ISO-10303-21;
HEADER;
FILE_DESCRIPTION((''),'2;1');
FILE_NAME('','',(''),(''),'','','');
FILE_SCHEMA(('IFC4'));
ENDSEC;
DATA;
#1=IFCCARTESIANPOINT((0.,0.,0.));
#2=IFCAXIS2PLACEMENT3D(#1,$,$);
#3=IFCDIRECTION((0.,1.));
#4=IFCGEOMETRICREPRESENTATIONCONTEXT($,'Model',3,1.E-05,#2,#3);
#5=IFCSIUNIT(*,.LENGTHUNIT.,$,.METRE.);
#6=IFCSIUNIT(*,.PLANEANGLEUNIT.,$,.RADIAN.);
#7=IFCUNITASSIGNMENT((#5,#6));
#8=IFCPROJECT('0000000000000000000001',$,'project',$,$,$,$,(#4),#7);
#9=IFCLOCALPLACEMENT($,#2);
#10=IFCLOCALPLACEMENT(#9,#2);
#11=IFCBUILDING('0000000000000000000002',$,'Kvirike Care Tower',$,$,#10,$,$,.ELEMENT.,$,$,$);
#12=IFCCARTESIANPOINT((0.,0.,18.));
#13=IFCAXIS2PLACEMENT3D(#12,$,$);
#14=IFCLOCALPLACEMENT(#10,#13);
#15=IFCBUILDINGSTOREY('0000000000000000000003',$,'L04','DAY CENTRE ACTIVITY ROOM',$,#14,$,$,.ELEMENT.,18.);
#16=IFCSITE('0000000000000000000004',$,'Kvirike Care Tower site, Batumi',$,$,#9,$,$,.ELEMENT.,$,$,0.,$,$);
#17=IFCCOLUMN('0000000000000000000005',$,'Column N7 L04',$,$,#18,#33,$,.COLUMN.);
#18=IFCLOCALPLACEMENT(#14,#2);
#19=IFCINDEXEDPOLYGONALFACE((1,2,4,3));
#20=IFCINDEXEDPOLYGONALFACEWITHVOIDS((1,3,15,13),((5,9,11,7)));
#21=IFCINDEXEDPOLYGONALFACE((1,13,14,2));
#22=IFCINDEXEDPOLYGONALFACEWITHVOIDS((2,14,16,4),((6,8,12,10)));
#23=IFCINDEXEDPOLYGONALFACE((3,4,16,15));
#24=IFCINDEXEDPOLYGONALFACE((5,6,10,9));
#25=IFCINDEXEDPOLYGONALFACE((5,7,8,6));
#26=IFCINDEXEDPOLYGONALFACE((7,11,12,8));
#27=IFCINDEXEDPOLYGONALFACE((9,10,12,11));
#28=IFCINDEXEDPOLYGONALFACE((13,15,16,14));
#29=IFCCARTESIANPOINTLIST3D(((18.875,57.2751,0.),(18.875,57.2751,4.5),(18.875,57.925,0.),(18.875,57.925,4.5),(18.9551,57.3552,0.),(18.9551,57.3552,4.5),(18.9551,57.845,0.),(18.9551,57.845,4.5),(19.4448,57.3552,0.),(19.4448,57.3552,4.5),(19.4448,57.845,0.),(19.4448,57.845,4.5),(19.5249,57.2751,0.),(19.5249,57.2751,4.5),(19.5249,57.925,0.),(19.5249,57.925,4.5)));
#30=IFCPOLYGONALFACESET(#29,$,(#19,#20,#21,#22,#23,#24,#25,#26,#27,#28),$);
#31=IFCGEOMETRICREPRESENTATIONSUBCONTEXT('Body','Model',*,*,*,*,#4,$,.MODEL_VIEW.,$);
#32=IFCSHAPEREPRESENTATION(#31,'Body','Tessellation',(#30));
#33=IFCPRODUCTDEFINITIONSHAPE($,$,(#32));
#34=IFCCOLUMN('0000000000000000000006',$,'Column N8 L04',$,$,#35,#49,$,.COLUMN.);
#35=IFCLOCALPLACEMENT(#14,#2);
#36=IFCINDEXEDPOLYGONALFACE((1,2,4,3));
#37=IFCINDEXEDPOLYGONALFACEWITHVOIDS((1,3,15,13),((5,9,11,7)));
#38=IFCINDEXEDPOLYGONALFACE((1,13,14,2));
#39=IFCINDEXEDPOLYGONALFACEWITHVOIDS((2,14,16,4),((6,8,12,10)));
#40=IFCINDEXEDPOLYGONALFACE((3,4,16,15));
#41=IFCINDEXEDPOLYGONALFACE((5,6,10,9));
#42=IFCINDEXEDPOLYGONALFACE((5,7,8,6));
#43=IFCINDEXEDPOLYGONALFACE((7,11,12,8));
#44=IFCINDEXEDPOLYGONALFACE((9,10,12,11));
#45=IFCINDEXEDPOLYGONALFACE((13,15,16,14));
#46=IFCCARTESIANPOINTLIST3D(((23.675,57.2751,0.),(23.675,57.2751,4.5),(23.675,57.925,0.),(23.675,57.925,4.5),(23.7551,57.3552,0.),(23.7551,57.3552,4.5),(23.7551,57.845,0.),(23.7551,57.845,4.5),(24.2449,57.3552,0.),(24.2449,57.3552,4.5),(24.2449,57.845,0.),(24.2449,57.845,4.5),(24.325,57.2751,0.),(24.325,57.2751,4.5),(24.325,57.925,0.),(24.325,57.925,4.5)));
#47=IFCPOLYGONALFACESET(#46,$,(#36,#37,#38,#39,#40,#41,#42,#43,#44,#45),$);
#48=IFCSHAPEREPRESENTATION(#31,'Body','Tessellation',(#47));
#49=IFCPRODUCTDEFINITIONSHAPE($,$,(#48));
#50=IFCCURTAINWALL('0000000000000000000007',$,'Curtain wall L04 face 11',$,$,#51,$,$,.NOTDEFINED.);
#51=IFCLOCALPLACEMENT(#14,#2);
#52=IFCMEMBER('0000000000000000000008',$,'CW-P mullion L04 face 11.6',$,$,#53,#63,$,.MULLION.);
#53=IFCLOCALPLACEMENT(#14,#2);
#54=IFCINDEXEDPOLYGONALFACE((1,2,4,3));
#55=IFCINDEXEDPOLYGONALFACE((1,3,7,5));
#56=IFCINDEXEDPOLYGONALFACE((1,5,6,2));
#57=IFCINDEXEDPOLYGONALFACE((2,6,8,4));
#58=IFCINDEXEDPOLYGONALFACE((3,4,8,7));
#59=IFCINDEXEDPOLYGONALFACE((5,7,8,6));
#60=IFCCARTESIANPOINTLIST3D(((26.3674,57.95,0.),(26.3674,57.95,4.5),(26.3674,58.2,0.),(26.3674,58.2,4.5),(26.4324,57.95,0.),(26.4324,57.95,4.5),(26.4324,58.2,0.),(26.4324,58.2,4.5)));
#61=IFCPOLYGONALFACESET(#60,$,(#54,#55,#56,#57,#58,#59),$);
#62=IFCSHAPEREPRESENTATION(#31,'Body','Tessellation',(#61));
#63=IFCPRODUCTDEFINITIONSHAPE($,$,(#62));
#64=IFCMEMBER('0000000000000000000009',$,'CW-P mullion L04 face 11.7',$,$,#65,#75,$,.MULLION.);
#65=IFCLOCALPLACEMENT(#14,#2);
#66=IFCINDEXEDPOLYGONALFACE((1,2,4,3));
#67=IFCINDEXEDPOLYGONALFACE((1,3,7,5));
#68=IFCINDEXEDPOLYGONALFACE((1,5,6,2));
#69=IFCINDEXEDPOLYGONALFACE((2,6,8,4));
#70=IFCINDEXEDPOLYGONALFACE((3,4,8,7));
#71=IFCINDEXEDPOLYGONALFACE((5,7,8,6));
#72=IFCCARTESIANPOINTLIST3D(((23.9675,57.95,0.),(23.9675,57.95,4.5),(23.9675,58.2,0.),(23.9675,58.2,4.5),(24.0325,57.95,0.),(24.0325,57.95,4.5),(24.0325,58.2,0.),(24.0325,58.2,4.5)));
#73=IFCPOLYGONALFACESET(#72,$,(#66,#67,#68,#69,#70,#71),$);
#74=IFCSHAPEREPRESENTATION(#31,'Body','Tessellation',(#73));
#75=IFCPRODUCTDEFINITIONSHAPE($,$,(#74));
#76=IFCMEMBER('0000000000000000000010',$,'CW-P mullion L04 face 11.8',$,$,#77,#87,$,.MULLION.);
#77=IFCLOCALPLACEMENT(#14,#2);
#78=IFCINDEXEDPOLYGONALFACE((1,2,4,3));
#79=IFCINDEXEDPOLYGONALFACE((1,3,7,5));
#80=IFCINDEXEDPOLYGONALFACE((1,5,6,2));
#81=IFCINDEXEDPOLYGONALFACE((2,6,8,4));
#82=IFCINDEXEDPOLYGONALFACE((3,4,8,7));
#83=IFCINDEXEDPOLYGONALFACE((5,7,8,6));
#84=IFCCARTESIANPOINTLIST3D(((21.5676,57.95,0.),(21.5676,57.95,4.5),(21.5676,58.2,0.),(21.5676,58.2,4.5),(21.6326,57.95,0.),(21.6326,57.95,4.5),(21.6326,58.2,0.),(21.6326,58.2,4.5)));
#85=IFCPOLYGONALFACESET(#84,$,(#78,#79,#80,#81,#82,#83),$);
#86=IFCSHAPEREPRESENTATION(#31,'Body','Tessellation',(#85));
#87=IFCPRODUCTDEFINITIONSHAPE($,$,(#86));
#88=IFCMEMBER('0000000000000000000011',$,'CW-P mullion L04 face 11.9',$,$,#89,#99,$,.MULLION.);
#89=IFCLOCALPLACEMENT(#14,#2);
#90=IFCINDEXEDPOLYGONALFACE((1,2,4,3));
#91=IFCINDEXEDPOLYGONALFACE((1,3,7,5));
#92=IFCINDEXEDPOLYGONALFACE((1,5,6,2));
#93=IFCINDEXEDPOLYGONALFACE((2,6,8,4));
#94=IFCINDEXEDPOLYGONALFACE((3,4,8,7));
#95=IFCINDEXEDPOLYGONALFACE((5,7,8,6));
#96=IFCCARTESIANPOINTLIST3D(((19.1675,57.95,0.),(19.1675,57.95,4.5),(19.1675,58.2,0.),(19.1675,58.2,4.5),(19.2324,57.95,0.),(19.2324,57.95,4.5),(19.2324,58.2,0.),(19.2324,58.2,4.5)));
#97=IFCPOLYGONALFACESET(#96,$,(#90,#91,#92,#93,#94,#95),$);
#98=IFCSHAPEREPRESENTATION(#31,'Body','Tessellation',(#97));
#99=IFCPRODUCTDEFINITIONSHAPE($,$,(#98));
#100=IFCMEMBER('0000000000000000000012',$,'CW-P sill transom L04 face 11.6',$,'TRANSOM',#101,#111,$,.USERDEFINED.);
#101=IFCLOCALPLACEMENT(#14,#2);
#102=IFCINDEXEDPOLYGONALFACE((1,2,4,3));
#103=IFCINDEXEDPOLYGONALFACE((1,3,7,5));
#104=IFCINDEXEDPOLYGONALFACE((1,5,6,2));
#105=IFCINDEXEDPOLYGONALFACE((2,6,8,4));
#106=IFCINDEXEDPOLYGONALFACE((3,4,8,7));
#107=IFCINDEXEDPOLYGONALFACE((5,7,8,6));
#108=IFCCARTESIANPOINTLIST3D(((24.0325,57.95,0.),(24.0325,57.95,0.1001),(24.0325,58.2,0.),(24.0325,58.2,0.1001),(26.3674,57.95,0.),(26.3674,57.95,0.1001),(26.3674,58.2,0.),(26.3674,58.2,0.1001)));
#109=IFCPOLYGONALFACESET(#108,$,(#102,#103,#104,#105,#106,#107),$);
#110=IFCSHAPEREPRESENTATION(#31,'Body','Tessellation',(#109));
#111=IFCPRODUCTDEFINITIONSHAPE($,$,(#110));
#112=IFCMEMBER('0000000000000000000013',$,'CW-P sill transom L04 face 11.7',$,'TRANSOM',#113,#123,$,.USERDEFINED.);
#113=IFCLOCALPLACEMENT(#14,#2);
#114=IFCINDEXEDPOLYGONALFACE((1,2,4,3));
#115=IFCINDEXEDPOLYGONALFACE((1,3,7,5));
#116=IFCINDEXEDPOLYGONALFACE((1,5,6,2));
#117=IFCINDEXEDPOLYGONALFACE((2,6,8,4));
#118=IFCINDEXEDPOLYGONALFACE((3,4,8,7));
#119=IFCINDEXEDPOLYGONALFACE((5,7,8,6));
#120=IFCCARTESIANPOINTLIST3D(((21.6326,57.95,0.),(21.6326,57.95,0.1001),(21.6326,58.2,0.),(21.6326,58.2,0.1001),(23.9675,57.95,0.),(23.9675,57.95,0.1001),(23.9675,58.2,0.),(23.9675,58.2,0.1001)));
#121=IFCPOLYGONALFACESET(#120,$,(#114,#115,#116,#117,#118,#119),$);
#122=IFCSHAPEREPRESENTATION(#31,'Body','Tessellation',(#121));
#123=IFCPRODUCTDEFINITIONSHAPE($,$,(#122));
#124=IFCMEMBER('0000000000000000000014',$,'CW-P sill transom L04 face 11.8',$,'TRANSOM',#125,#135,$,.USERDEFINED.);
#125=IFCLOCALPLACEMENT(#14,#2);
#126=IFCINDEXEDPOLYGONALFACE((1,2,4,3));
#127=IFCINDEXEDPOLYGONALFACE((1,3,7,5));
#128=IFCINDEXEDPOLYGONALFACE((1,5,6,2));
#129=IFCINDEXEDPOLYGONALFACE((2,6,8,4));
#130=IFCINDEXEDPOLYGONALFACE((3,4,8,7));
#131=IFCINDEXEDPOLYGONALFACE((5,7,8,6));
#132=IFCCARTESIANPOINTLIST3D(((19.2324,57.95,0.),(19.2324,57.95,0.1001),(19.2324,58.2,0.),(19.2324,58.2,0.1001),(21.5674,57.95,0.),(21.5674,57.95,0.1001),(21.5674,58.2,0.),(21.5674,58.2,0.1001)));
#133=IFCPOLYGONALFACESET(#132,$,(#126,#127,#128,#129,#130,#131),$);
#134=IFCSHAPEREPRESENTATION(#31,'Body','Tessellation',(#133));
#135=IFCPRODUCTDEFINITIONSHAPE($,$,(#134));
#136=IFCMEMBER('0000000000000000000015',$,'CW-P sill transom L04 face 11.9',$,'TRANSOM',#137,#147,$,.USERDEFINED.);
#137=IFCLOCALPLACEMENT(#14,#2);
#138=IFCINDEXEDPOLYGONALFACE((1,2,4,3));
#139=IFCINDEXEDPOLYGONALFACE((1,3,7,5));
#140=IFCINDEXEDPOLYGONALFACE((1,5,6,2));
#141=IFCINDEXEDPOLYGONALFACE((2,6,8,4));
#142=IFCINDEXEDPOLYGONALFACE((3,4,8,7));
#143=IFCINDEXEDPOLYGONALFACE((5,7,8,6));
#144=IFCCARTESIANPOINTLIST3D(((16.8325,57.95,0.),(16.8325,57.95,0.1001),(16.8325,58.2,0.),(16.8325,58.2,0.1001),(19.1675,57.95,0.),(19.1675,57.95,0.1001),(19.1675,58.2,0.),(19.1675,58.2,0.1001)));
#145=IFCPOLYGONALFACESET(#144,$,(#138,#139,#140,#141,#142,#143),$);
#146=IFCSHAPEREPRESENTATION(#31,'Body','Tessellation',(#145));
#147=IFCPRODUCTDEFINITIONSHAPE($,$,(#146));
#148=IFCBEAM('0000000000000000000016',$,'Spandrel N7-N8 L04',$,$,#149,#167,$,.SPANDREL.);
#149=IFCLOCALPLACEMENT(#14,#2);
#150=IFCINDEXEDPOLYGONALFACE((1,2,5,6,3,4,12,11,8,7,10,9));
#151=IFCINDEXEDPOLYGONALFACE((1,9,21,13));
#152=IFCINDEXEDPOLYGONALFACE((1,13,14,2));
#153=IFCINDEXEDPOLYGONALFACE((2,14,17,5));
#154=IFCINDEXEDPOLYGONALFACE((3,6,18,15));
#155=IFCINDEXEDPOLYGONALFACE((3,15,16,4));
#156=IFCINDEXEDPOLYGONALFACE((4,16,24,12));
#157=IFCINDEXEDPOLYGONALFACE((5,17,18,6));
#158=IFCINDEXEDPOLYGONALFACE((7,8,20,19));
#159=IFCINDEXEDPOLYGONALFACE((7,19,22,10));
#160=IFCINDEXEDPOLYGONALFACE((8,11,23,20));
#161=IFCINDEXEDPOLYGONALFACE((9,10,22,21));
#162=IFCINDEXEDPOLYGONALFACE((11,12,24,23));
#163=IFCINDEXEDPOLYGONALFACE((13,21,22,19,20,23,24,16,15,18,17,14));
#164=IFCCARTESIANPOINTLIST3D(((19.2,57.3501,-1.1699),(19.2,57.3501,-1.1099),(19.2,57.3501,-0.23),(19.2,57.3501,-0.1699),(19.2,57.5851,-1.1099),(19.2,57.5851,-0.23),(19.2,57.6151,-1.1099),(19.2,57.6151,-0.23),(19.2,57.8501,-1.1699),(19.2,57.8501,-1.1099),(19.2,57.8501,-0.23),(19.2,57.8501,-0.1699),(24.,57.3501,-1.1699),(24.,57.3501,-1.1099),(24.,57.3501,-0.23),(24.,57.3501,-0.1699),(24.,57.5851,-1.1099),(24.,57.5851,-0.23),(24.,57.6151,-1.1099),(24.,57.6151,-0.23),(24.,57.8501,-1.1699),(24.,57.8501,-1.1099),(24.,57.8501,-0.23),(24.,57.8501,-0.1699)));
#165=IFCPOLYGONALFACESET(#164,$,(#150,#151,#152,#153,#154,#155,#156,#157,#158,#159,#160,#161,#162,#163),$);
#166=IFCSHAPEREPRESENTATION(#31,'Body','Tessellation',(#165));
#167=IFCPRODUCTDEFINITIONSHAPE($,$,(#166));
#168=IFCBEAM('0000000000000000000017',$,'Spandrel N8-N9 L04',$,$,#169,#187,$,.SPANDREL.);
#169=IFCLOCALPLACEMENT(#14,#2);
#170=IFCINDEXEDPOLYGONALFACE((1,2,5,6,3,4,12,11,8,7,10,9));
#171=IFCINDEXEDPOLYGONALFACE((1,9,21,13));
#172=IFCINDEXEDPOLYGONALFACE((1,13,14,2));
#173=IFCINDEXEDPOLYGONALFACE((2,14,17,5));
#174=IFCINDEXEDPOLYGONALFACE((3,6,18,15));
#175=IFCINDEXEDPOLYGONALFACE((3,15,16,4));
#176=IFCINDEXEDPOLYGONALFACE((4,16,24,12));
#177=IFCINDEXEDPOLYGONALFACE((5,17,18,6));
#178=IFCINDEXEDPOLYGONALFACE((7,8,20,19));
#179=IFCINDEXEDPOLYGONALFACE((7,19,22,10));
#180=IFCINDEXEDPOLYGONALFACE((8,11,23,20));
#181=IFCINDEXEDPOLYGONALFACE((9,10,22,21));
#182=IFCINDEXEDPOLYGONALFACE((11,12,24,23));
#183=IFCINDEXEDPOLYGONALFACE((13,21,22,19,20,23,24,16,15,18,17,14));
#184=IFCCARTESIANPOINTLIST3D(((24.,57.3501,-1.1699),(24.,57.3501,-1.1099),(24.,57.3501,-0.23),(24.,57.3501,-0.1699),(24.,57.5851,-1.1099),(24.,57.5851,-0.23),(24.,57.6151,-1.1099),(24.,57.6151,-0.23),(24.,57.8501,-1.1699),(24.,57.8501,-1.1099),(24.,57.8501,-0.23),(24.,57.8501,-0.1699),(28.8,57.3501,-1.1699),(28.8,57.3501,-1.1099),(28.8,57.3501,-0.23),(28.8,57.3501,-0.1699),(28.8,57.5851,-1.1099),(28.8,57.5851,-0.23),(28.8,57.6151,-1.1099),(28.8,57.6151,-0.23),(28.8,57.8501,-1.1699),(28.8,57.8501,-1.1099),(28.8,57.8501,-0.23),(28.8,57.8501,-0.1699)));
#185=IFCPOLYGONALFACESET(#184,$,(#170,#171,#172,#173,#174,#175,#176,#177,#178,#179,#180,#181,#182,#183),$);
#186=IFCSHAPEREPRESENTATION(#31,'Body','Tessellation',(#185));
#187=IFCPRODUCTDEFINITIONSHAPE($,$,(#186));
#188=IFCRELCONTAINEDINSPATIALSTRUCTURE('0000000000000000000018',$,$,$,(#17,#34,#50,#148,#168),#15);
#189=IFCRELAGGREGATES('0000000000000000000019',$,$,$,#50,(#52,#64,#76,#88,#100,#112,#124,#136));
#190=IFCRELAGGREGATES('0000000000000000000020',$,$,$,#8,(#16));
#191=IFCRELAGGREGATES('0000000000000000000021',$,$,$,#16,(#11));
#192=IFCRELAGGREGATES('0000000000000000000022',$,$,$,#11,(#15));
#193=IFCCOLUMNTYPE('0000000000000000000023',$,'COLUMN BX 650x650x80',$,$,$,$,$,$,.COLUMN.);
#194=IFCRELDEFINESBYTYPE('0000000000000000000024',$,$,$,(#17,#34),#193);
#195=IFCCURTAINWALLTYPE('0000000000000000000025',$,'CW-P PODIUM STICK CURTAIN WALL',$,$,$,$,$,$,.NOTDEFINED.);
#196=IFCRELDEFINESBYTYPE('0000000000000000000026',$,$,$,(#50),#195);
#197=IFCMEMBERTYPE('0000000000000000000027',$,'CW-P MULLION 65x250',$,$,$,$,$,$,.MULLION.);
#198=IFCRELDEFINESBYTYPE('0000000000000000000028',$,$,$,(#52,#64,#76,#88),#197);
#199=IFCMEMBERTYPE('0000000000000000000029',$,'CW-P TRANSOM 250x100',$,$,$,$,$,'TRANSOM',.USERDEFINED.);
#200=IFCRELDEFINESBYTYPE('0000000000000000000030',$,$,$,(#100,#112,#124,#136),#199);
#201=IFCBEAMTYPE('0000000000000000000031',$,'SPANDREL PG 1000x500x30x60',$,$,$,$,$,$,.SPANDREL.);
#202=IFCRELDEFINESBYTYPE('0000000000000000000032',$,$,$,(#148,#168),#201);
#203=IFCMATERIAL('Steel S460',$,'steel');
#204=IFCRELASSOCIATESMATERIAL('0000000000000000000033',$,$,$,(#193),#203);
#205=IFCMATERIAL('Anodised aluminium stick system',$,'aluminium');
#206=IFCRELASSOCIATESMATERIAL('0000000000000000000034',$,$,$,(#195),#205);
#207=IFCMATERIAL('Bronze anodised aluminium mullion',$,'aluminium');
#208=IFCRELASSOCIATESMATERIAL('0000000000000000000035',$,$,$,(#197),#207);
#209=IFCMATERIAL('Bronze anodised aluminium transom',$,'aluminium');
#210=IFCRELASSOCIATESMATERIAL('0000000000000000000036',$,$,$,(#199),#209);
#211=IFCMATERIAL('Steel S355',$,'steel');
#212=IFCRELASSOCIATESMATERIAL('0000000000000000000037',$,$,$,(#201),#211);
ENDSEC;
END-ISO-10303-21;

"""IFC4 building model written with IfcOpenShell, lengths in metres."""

from ifc_helpers import new_model, si_unit, direction, frame, origin, origin_2d, place, context, subcontext, project, spatial, rectangle, hollow_rectangle, i_section, extrude, material, material_profile, profile_set, type_object, element, aggregate, save


model = new_model("IFC4")

# Units and contexts
model_context = context("Model", 3, precision=1e-05, world=origin(), true_north=direction((0.0, 1.0)))
body_context = subcontext(model_context, "Body", "Model", "MODEL_VIEW")
ifc_project = project(units=[si_unit("LENGTHUNIT", "METRE"), si_unit("PLANEANGLEUNIT", "RADIAN")], contexts=[model_context])

# Site, building, storey
site_placement = place(None, origin())
site = spatial("IfcSite", under=ifc_project, at=site_placement, Name="Kvirike Care Tower site, Batumi", CompositionType="ELEMENT", RefElevation=0.0)
building_placement = place(site_placement, origin())
building = spatial("IfcBuilding", under=site, at=building_placement, Name="Kvirike Care Tower", CompositionType="ELEMENT")
storey_placement = place(building_placement, frame((0.0, 0.0, 18.0)))
storey = spatial("IfcBuildingStorey", under=building, at=storey_placement, Name="L04", Description="DAY CENTRE ACTIVITY ROOM", CompositionType="ELEMENT", Elevation=18.0)

# Columns
ifc_material_1 = material(Name="Steel S460", Category="steel")
ifc_material_profile_1 = material_profile(ifc_material_1, hollow_rectangle(XDim=0.6499, YDim=0.6499, WallThickness=0.0801, at=origin_2d()), Name="BX 650x650x80")
ifc_profile_set_1 = profile_set([ifc_material_profile_1], Name="Steel S460")
column_type = type_object("IfcColumnType", Name="COLUMN BX 650x650x80", PredefinedType="COLUMN", material=ifc_profile_set_1)
for number, where, z_axis, x_axis, name in (
    (1, (19.2, 57.6001, 0.0), (0.0, 0.0, 1.0), (0.0, 1.0, 0.0), "Column N7 L04"),
    (2, (24.0, 57.6001, 0.0), (0.0, 0.0, 1.0), (0.0, 1.0, 0.0), "Column N8 L04"),
):
    element("IfcColumn", number, at=place(storey_placement, frame(where, z_axis=z_axis, x_axis=x_axis)), inside=storey, type_object=column_type, Name=name, PredefinedType="COLUMN", context=body_context, shape_type="SweptSolid", body=[
        extrude(hollow_rectangle(XDim=0.6499, YDim=0.6499, WallThickness=0.0801, at=origin_2d()), origin(), (0.0, 0.0, 1.0), 4.5),
    ])

# Curtain wall, members
ifc_material_2 = material(Name="Anodised aluminium stick system", Category="aluminium")
curtain_wall_type = type_object("IfcCurtainWallType", Name="CW-P PODIUM STICK CURTAIN WALL", PredefinedType="NOTDEFINED", material=ifc_material_2)
curtain_wall_placement = place(storey_placement, origin())
curtain_wall = element("IfcCurtainWall", 3, at=curtain_wall_placement, inside=storey, type_object=curtain_wall_type, Name="Curtain wall L04 face 11", PredefinedType="NOTDEFINED")
ifc_material_3 = material(Name="Bronze anodised aluminium mullion", Category="aluminium")
ifc_material_profile_2 = material_profile(ifc_material_3, rectangle(XDim=0.0649, YDim=0.25, at=origin_2d()), Name="CW-P MULLION 65x250")
ifc_profile_set_2 = profile_set([ifc_material_profile_2], Name="Bronze anodised aluminium mullion")
member_type_1 = type_object("IfcMemberType", Name="CW-P MULLION 65x250", PredefinedType="MULLION", material=ifc_profile_set_2)
member_1_placement = place(storey_placement, frame((26.3999, 58.075, 0.0), z_axis=(0.0, 0.0, 1.0), x_axis=(-1.0, 0.0, 0.0)))
member_1 = element("IfcMember", 4, at=member_1_placement, type_object=member_type_1, Name="CW-P mullion L04 face 11.6", PredefinedType="MULLION", context=body_context, shape_type="SweptSolid", body=[
    extrude(rectangle(XDim=0.0649, YDim=0.25, at=origin_2d()), origin(), (0.0, 0.0, 1.0), 4.5),
])
member_2_placement = place(storey_placement, frame((24.0, 58.075, 0.0), z_axis=(0.0, 0.0, 1.0), x_axis=(-1.0, 0.0, 0.0)))
member_2 = element("IfcMember", 5, at=member_2_placement, type_object=member_type_1, Name="CW-P mullion L04 face 11.7", PredefinedType="MULLION", context=body_context, shape_type="SweptSolid", body=[
    extrude(rectangle(XDim=0.0649, YDim=0.25, at=origin_2d()), origin(), (0.0, 0.0, 1.0), 4.5),
])
member_3_placement = place(storey_placement, frame((21.6001, 58.075, 0.0), z_axis=(0.0, 0.0, 1.0), x_axis=(-1.0, 0.0, 0.0)))
member_3 = element("IfcMember", 6, at=member_3_placement, type_object=member_type_1, Name="CW-P mullion L04 face 11.8", PredefinedType="MULLION", context=body_context, shape_type="SweptSolid", body=[
    extrude(rectangle(XDim=0.0649, YDim=0.25, at=origin_2d()), origin(), (0.0, 0.0, 1.0), 4.5),
])
member_4_placement = place(storey_placement, frame((19.2, 58.075, 0.0), z_axis=(0.0, 0.0, 1.0), x_axis=(-1.0, 0.0, 0.0)))
member_4 = element("IfcMember", 7, at=member_4_placement, type_object=member_type_1, Name="CW-P mullion L04 face 11.9", PredefinedType="MULLION", context=body_context, shape_type="SweptSolid", body=[
    extrude(rectangle(XDim=0.0649, YDim=0.25, at=origin_2d()), origin(), (0.0, 0.0, 1.0), 4.5),
])
ifc_material_4 = material(Name="Bronze anodised aluminium transom", Category="aluminium")
ifc_material_profile_3 = material_profile(ifc_material_4, rectangle(XDim=0.25, YDim=0.1001, at=origin_2d()), Name="CW-P TRANSOM 250x100")
ifc_profile_set_3 = profile_set([ifc_material_profile_3], Name="Bronze anodised aluminium transom")
member_type_2 = type_object("IfcMemberType", Name="CW-P TRANSOM 250x100", ElementType="TRANSOM", PredefinedType="USERDEFINED", material=ifc_profile_set_3)
member_5_placement = place(storey_placement, frame((26.3674, 58.075, 0.05), z_axis=(-1.0, 0.0, 0.0), x_axis=(0.0, -1.0, 0.0)))
member_5 = element("IfcMember", 8, at=member_5_placement, type_object=member_type_2, Name="CW-P sill transom L04 face 11.6", ObjectType="TRANSOM", PredefinedType="USERDEFINED", context=body_context, shape_type="SweptSolid", body=[
    extrude(rectangle(XDim=0.25, YDim=0.1001, at=origin_2d()), origin(), (0.0, 0.0, 1.0), 2.335),
])
member_6_placement = place(storey_placement, frame((23.9675, 58.075, 0.05), z_axis=(-1.0, 0.0, 0.0), x_axis=(0.0, -1.0, 0.0)))
member_6 = element("IfcMember", 9, at=member_6_placement, type_object=member_type_2, Name="CW-P sill transom L04 face 11.7", ObjectType="TRANSOM", PredefinedType="USERDEFINED", context=body_context, shape_type="SweptSolid", body=[
    extrude(rectangle(XDim=0.25, YDim=0.1001, at=origin_2d()), origin(), (0.0, 0.0, 1.0), 2.335),
])
member_7_placement = place(storey_placement, frame((21.5674, 58.075, 0.05), z_axis=(-1.0, 0.0, 0.0), x_axis=(0.0, -1.0, 0.0)))
member_7 = element("IfcMember", 10, at=member_7_placement, type_object=member_type_2, Name="CW-P sill transom L04 face 11.8", ObjectType="TRANSOM", PredefinedType="USERDEFINED", context=body_context, shape_type="SweptSolid", body=[
    extrude(rectangle(XDim=0.25, YDim=0.1001, at=origin_2d()), origin(), (0.0, 0.0, 1.0), 2.335),
])
member_8_placement = place(storey_placement, frame((19.1675, 58.075, 0.05), z_axis=(-1.0, 0.0, 0.0), x_axis=(0.0, -1.0, 0.0)))
member_8 = element("IfcMember", 11, at=member_8_placement, type_object=member_type_2, Name="CW-P sill transom L04 face 11.9", ObjectType="TRANSOM", PredefinedType="USERDEFINED", context=body_context, shape_type="SweptSolid", body=[
    extrude(rectangle(XDim=0.25, YDim=0.1001, at=origin_2d()), origin(), (0.0, 0.0, 1.0), 2.335),
])

# Beams
ifc_material_5 = material(Name="Steel S355", Category="steel")
ifc_material_profile_4 = material_profile(ifc_material_5, i_section(OverallWidth=0.5, OverallDepth=1.0, WebThickness=0.03, FlangeThickness=0.0601, at=origin_2d()), Name="PG 1000x500x30x60")
ifc_profile_set_4 = profile_set([ifc_material_profile_4], Name="Steel S355")
beam_type = type_object("IfcBeamType", Name="SPANDREL PG 1000x500x30x60", PredefinedType="SPANDREL", material=ifc_profile_set_4)
for number, where, z_axis, x_axis, name in (
    (12, (19.2, 57.6001, -0.6699), (1.0, 0.0, 0.0), (0.0, 1.0, 0.0), "Spandrel N7-N8 L04"),
    (13, (24.0, 57.6001, -0.6699), (1.0, 0.0, 0.0), (0.0, 1.0, 0.0), "Spandrel N8-N9 L04"),
):
    element("IfcBeam", number, at=place(storey_placement, frame(where, z_axis=z_axis, x_axis=x_axis)), inside=storey, type_object=beam_type, Name=name, PredefinedType="SPANDREL", context=body_context, shape_type="SweptSolid", body=[
        extrude(i_section(OverallWidth=0.5, OverallDepth=1.0, WebThickness=0.03, FlangeThickness=0.0601, at=origin_2d()), origin(), (0.0, 0.0, 1.0), 4.8),
    ])

aggregate(curtain_wall, [member_1, member_2, member_3, member_4, member_5, member_6, member_7, member_8])

save(model, "model.ifc")
